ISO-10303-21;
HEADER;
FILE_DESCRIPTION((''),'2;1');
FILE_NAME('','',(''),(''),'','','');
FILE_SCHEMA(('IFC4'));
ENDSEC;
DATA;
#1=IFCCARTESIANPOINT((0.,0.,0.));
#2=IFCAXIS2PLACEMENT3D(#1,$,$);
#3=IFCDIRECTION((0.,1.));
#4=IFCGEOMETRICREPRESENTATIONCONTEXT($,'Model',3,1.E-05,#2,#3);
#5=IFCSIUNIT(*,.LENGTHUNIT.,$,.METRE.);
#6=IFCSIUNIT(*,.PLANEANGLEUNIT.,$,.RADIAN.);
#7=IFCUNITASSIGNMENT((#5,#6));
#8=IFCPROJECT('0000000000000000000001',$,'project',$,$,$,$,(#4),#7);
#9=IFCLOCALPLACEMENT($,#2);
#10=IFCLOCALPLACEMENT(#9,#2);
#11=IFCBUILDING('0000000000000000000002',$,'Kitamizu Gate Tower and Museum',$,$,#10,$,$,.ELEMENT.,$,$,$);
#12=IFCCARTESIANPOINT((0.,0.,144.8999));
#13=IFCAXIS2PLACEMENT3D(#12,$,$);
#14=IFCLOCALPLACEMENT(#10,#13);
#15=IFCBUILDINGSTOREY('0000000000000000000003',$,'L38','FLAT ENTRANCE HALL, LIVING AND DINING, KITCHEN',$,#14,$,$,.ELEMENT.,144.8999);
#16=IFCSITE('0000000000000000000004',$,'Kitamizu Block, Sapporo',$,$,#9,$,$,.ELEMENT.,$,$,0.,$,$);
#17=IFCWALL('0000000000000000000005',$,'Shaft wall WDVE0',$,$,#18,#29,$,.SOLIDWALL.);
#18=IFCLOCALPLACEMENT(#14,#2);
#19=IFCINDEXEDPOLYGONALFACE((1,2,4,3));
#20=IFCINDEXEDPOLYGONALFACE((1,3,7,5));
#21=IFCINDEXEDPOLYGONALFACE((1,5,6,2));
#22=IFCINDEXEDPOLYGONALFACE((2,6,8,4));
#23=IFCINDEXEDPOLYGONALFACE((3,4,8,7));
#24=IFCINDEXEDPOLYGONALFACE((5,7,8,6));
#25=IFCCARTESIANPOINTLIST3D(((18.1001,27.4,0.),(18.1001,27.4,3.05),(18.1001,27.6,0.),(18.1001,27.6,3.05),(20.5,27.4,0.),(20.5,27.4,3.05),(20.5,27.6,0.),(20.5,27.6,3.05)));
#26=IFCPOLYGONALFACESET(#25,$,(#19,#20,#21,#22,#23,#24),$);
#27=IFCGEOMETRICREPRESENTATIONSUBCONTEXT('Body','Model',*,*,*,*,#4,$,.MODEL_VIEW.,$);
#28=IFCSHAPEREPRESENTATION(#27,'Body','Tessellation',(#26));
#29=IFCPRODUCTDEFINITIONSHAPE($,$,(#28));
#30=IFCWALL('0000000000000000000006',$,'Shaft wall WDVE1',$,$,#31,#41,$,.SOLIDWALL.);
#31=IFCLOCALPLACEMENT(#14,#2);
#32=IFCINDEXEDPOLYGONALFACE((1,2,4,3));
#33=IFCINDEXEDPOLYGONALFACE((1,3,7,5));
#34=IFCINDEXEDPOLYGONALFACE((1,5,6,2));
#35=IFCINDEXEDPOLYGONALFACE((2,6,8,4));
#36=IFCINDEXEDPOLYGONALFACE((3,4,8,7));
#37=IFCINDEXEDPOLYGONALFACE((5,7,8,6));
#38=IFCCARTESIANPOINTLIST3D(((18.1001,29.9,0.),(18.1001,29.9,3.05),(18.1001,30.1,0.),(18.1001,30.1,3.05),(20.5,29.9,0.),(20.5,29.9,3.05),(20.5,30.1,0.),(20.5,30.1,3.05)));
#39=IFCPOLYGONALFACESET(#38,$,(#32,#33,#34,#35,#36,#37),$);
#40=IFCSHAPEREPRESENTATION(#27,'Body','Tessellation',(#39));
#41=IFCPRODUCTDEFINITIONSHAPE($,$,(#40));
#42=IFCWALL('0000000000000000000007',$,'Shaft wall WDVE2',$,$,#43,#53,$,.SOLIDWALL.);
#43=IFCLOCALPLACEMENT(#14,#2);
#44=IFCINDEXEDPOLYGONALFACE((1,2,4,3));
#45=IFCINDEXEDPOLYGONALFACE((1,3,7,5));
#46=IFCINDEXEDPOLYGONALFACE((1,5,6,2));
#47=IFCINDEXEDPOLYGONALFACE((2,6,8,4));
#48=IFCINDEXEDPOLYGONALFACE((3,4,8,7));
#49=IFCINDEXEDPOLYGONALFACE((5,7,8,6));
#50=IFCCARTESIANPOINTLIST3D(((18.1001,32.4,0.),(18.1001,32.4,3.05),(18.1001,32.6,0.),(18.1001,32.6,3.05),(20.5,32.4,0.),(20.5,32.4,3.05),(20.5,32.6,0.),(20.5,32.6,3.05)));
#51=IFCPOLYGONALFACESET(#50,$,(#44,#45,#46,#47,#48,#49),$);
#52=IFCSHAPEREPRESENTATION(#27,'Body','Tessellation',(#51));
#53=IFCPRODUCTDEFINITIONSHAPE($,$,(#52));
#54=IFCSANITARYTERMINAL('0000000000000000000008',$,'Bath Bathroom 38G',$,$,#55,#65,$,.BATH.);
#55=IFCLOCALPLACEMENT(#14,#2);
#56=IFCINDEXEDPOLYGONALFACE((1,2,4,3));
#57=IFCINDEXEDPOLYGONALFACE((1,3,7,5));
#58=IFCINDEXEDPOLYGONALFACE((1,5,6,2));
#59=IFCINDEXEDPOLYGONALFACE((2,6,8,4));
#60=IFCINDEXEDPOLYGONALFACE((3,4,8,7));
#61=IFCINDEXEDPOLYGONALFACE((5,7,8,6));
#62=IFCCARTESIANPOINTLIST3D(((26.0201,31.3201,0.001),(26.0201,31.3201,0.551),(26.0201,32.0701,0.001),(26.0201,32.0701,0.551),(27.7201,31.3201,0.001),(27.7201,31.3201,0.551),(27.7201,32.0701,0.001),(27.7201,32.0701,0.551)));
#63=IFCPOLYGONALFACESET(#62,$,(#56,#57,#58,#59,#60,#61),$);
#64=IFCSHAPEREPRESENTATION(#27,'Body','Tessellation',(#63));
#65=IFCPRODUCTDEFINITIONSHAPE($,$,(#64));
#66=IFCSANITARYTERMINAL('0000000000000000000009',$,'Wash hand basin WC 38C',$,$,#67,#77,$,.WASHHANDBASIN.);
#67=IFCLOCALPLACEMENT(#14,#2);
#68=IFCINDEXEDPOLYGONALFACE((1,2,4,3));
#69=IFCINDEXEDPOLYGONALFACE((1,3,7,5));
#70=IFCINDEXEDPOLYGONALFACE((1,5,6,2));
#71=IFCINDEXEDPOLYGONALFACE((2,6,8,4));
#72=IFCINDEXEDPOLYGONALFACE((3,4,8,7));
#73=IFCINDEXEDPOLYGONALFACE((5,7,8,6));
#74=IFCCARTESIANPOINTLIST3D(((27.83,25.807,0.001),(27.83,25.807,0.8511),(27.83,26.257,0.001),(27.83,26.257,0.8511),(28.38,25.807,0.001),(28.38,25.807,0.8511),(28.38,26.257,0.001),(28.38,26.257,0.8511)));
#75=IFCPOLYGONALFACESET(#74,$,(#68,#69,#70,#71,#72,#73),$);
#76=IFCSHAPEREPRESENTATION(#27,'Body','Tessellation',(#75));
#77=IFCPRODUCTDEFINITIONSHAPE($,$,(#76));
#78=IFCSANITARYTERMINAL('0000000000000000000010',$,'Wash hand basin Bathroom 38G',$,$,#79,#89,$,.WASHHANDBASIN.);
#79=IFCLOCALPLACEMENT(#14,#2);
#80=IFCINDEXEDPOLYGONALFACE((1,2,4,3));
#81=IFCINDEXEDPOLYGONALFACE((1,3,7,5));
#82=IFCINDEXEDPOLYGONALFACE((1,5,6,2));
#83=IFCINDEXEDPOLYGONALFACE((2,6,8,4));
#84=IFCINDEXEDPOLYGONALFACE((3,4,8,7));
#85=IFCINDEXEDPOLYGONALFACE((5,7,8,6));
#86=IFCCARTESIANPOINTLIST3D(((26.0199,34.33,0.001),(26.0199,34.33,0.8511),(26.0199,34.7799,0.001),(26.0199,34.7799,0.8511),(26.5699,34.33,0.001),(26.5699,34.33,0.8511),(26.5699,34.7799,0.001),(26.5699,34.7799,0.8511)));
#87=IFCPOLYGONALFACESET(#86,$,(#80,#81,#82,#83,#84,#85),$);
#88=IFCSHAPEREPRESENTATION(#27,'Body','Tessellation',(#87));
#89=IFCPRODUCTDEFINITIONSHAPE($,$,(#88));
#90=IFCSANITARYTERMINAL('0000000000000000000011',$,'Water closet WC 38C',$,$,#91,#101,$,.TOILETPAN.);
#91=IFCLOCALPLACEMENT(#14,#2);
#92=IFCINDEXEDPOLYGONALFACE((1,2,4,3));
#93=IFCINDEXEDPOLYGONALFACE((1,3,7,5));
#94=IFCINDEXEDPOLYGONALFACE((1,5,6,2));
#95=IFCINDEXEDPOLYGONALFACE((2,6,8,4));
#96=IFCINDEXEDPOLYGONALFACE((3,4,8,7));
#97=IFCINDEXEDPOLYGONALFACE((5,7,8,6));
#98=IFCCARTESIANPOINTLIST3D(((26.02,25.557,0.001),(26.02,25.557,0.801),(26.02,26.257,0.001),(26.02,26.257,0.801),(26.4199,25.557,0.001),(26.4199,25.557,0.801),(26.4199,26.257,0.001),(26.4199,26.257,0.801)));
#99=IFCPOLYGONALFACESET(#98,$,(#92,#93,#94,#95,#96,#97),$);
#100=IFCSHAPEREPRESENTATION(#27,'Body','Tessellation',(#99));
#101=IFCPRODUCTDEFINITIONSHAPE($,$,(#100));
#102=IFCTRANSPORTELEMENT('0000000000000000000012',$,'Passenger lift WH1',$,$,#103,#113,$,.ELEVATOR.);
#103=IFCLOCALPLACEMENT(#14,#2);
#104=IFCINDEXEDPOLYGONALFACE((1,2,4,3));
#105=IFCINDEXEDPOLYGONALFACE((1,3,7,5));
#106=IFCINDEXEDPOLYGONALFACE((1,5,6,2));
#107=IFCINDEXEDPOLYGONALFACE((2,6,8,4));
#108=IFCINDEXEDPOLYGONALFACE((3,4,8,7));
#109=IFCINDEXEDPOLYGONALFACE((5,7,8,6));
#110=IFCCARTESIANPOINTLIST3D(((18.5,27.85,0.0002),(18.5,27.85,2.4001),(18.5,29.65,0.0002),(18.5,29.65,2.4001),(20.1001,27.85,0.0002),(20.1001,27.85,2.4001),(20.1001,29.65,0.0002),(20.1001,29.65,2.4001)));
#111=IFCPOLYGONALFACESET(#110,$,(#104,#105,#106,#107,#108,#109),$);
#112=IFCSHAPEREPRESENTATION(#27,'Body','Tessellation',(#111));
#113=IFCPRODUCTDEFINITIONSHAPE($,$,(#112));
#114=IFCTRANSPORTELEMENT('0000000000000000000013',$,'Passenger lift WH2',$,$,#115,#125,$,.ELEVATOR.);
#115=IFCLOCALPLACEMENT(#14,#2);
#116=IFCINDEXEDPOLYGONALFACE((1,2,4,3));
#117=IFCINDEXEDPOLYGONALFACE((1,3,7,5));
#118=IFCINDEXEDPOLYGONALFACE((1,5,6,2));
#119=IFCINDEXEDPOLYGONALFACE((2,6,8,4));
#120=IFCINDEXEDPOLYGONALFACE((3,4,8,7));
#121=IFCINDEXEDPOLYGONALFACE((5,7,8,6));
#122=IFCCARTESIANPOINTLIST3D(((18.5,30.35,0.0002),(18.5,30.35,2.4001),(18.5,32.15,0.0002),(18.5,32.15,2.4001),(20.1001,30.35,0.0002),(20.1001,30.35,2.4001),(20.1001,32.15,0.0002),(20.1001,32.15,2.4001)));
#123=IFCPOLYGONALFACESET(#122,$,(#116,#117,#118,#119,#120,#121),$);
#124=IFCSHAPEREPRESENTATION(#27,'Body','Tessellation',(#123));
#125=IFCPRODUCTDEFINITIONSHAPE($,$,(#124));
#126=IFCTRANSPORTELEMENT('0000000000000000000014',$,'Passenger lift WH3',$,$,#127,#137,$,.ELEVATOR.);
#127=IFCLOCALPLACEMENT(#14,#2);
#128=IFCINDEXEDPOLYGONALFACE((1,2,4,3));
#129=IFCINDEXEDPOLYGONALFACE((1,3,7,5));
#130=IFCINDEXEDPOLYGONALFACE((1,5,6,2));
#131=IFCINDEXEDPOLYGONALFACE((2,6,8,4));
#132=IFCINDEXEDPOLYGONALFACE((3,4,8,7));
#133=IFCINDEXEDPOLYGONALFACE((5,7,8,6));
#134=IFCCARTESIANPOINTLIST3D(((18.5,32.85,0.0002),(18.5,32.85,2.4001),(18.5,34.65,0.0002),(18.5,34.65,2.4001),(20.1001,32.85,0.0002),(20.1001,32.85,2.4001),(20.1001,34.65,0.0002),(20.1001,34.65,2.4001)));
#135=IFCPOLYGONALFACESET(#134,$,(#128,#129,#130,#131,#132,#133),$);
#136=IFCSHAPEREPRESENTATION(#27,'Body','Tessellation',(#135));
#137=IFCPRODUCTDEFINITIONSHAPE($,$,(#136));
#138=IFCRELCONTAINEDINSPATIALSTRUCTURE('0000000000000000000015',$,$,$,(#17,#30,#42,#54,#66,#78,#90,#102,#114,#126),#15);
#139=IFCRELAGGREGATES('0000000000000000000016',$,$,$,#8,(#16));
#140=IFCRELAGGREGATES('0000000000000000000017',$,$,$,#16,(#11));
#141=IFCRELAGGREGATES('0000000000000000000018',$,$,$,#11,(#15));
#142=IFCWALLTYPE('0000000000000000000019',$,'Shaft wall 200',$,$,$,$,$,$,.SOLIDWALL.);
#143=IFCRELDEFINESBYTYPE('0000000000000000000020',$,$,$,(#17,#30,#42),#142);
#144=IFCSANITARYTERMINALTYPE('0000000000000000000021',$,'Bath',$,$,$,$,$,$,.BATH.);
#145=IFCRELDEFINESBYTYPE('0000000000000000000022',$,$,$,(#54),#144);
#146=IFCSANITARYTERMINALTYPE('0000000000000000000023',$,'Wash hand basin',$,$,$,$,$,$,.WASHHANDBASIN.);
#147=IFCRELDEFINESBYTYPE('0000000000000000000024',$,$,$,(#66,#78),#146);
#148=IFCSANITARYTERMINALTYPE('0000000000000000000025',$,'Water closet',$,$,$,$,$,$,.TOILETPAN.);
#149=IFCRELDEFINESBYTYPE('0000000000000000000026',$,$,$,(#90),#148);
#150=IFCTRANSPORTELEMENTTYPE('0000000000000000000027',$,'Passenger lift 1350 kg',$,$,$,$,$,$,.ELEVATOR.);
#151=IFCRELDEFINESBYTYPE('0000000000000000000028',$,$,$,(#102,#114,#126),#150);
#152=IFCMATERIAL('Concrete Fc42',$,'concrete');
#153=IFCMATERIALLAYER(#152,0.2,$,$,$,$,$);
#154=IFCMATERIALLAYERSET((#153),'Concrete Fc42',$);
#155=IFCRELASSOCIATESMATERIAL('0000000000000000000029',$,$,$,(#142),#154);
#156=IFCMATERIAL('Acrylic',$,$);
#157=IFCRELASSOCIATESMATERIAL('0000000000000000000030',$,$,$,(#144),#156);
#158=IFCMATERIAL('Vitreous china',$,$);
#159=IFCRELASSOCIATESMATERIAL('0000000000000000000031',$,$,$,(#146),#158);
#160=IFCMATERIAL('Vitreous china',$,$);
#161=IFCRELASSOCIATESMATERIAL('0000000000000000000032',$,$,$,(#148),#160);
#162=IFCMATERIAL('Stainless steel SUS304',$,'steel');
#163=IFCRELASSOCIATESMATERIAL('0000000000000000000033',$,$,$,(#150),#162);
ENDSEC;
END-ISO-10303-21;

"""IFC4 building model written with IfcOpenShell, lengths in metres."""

from ifc_helpers import new_model, si_unit, direction, frame, frame_2d, origin, origin_2d, place, context, subcontext, project, spatial, rectangle, extrude, material, layer, layer_set, type_object, element, save


model = new_model("IFC4")

# Units and contexts
model_context = context("Model", 3, precision=1e-05, world=origin(), true_north=direction((0.0, 1.0)))
body_context = subcontext(model_context, "Body", "Model", "MODEL_VIEW")
ifc_project = project(units=[si_unit("LENGTHUNIT", "METRE"), si_unit("PLANEANGLEUNIT", "RADIAN")], contexts=[model_context])

# Site, building, storey
site_placement = place(None, origin())
site = spatial("IfcSite", under=ifc_project, at=site_placement, Name="Kitamizu Block, Sapporo", CompositionType="ELEMENT", RefElevation=0.0)
building_placement = place(site_placement, origin())
building = spatial("IfcBuilding", under=site, at=building_placement, Name="Kitamizu Gate Tower and Museum", CompositionType="ELEMENT")
storey_placement = place(building_placement, frame((0.0, 0.0, 144.8999)))
storey = spatial("IfcBuildingStorey", under=building, at=storey_placement, Name="L38", Description="FLAT ENTRANCE HALL, LIVING AND DINING, KITCHEN", CompositionType="ELEMENT", Elevation=144.8999)

# Shared definitions
ifc_material_1 = material(Name="Concrete Fc42", Category="concrete")
ifc_layer_1 = layer(ifc_material_1, 0.2)
ifc_layer_set_1 = layer_set([ifc_layer_1], Name="Concrete Fc42")
wall_type_1 = type_object("IfcWallType", Name="Shaft wall 200", PredefinedType="SOLIDWALL", material=ifc_layer_set_1)

# Walls
for number, where, z_axis, x_axis, name in (
    (1, (18.1001, 27.5, 0.0), (0.0, 0.0, 1.0), (1.0, 0.0, 0.0), "Shaft wall WDVE0"),
    (2, (18.1001, 30.0, 0.0), (0.0, 0.0, 1.0), (1.0, 0.0, 0.0), "Shaft wall WDVE1"),
    (3, (18.1001, 32.5, 0.0), (0.0, 0.0, 1.0), (1.0, 0.0, 0.0), "Shaft wall WDVE2"),
):
    element("IfcWall", number, at=place(storey_placement, frame(where, z_axis=z_axis, x_axis=x_axis)), inside=storey, type_object=wall_type_1, Name=name, PredefinedType="SOLIDWALL", context=body_context, shape_type="SweptSolid", body=[
        extrude(rectangle(XDim=2.3999, YDim=0.2, at=frame_2d((1.2, 0.0))), origin(), (0.0, 0.0, 1.0), 3.05),
    ])

# Sanitary terminals
ifc_material_2 = material(Name="Acrylic")
sanitary_terminal_type_1 = type_object("IfcSanitaryTerminalType", Name="Bath", PredefinedType="BATH", material=ifc_material_2)
sanitary_terminal_1_placement = place(storey_placement, frame((26.8701, 31.6951, 0.001), z_axis=(0.0, 0.0, 1.0), x_axis=(1.0, 0.0, 0.0)))
element("IfcSanitaryTerminal", 4, at=sanitary_terminal_1_placement, inside=storey, type_object=sanitary_terminal_type_1, Name="Bath Bathroom 38G", PredefinedType="BATH", context=body_context, shape_type="SweptSolid", body=[
    extrude(rectangle(XDim=1.7, YDim=0.75, at=origin_2d()), origin(), (0.0, 0.0, 1.0), 0.55),
])
ifc_material_3 = material(Name="Vitreous china")
sanitary_terminal_type_2 = type_object("IfcSanitaryTerminalType", Name="Wash hand basin", PredefinedType="WASHHANDBASIN", material=ifc_material_3)
for number, where, z_axis, x_axis, name in (
    (5, (28.105, 26.032, 0.001), (0.0, 0.0, 1.0), (1.0, 0.0, 0.0), "Wash hand basin WC 38C"),
    (6, (26.2949, 34.5549, 0.001), (0.0, 0.0, 1.0), (1.0, 0.0, 0.0), "Wash hand basin Bathroom 38G"),
):
    element("IfcSanitaryTerminal", number, at=place(storey_placement, frame(where, z_axis=z_axis, x_axis=x_axis)), inside=storey, type_object=sanitary_terminal_type_2, Name=name, PredefinedType="WASHHANDBASIN", context=body_context, shape_type="SweptSolid", body=[
        extrude(rectangle(XDim=0.55, YDim=0.45, at=origin_2d()), origin(), (0.0, 0.0, 1.0), 0.8501),
    ])
ifc_material_4 = material(Name="Vitreous china")
sanitary_terminal_type_3 = type_object("IfcSanitaryTerminalType", Name="Water closet", PredefinedType="TOILETPAN", material=ifc_material_4)
sanitary_terminal_2_placement = place(storey_placement, frame((26.22, 25.907, 0.001), z_axis=(0.0, 0.0, 1.0), x_axis=(1.0, 0.0, 0.0)))
element("IfcSanitaryTerminal", 7, at=sanitary_terminal_2_placement, inside=storey, type_object=sanitary_terminal_type_3, Name="Water closet WC 38C", PredefinedType="TOILETPAN", context=body_context, shape_type="SweptSolid", body=[
    extrude(rectangle(XDim=0.3999, YDim=0.7, at=origin_2d()), origin(), (0.0, 0.0, 1.0), 0.8),
])

# Transport elements
ifc_material_5 = material(Name="Stainless steel SUS304", Category="steel")
transport_element_type = type_object("IfcTransportElementType", Name="Passenger lift 1350 kg", PredefinedType="ELEVATOR", material=ifc_material_5)
for number, where, z_axis, x_axis, name in (
    (8, (19.3, 28.75, 0.0002), (0.0, 0.0, 1.0), (1.0, 0.0, 0.0), "Passenger lift WH1"),
    (9, (19.3, 31.25, 0.0002), (0.0, 0.0, 1.0), (1.0, 0.0, 0.0), "Passenger lift WH2"),
    (10, (19.3, 33.75, 0.0002), (0.0, 0.0, 1.0), (1.0, 0.0, 0.0), "Passenger lift WH3"),
):
    element("IfcTransportElement", number, at=place(storey_placement, frame(where, z_axis=z_axis, x_axis=x_axis)), inside=storey, type_object=transport_element_type, Name=name, PredefinedType="ELEVATOR", context=body_context, shape_type="SweptSolid", body=[
        extrude(rectangle(XDim=1.6001, YDim=1.8, at=origin_2d()), origin(), (0.0, 0.0, 1.0), 2.3999),
    ])

save(model, "model.ifc")
